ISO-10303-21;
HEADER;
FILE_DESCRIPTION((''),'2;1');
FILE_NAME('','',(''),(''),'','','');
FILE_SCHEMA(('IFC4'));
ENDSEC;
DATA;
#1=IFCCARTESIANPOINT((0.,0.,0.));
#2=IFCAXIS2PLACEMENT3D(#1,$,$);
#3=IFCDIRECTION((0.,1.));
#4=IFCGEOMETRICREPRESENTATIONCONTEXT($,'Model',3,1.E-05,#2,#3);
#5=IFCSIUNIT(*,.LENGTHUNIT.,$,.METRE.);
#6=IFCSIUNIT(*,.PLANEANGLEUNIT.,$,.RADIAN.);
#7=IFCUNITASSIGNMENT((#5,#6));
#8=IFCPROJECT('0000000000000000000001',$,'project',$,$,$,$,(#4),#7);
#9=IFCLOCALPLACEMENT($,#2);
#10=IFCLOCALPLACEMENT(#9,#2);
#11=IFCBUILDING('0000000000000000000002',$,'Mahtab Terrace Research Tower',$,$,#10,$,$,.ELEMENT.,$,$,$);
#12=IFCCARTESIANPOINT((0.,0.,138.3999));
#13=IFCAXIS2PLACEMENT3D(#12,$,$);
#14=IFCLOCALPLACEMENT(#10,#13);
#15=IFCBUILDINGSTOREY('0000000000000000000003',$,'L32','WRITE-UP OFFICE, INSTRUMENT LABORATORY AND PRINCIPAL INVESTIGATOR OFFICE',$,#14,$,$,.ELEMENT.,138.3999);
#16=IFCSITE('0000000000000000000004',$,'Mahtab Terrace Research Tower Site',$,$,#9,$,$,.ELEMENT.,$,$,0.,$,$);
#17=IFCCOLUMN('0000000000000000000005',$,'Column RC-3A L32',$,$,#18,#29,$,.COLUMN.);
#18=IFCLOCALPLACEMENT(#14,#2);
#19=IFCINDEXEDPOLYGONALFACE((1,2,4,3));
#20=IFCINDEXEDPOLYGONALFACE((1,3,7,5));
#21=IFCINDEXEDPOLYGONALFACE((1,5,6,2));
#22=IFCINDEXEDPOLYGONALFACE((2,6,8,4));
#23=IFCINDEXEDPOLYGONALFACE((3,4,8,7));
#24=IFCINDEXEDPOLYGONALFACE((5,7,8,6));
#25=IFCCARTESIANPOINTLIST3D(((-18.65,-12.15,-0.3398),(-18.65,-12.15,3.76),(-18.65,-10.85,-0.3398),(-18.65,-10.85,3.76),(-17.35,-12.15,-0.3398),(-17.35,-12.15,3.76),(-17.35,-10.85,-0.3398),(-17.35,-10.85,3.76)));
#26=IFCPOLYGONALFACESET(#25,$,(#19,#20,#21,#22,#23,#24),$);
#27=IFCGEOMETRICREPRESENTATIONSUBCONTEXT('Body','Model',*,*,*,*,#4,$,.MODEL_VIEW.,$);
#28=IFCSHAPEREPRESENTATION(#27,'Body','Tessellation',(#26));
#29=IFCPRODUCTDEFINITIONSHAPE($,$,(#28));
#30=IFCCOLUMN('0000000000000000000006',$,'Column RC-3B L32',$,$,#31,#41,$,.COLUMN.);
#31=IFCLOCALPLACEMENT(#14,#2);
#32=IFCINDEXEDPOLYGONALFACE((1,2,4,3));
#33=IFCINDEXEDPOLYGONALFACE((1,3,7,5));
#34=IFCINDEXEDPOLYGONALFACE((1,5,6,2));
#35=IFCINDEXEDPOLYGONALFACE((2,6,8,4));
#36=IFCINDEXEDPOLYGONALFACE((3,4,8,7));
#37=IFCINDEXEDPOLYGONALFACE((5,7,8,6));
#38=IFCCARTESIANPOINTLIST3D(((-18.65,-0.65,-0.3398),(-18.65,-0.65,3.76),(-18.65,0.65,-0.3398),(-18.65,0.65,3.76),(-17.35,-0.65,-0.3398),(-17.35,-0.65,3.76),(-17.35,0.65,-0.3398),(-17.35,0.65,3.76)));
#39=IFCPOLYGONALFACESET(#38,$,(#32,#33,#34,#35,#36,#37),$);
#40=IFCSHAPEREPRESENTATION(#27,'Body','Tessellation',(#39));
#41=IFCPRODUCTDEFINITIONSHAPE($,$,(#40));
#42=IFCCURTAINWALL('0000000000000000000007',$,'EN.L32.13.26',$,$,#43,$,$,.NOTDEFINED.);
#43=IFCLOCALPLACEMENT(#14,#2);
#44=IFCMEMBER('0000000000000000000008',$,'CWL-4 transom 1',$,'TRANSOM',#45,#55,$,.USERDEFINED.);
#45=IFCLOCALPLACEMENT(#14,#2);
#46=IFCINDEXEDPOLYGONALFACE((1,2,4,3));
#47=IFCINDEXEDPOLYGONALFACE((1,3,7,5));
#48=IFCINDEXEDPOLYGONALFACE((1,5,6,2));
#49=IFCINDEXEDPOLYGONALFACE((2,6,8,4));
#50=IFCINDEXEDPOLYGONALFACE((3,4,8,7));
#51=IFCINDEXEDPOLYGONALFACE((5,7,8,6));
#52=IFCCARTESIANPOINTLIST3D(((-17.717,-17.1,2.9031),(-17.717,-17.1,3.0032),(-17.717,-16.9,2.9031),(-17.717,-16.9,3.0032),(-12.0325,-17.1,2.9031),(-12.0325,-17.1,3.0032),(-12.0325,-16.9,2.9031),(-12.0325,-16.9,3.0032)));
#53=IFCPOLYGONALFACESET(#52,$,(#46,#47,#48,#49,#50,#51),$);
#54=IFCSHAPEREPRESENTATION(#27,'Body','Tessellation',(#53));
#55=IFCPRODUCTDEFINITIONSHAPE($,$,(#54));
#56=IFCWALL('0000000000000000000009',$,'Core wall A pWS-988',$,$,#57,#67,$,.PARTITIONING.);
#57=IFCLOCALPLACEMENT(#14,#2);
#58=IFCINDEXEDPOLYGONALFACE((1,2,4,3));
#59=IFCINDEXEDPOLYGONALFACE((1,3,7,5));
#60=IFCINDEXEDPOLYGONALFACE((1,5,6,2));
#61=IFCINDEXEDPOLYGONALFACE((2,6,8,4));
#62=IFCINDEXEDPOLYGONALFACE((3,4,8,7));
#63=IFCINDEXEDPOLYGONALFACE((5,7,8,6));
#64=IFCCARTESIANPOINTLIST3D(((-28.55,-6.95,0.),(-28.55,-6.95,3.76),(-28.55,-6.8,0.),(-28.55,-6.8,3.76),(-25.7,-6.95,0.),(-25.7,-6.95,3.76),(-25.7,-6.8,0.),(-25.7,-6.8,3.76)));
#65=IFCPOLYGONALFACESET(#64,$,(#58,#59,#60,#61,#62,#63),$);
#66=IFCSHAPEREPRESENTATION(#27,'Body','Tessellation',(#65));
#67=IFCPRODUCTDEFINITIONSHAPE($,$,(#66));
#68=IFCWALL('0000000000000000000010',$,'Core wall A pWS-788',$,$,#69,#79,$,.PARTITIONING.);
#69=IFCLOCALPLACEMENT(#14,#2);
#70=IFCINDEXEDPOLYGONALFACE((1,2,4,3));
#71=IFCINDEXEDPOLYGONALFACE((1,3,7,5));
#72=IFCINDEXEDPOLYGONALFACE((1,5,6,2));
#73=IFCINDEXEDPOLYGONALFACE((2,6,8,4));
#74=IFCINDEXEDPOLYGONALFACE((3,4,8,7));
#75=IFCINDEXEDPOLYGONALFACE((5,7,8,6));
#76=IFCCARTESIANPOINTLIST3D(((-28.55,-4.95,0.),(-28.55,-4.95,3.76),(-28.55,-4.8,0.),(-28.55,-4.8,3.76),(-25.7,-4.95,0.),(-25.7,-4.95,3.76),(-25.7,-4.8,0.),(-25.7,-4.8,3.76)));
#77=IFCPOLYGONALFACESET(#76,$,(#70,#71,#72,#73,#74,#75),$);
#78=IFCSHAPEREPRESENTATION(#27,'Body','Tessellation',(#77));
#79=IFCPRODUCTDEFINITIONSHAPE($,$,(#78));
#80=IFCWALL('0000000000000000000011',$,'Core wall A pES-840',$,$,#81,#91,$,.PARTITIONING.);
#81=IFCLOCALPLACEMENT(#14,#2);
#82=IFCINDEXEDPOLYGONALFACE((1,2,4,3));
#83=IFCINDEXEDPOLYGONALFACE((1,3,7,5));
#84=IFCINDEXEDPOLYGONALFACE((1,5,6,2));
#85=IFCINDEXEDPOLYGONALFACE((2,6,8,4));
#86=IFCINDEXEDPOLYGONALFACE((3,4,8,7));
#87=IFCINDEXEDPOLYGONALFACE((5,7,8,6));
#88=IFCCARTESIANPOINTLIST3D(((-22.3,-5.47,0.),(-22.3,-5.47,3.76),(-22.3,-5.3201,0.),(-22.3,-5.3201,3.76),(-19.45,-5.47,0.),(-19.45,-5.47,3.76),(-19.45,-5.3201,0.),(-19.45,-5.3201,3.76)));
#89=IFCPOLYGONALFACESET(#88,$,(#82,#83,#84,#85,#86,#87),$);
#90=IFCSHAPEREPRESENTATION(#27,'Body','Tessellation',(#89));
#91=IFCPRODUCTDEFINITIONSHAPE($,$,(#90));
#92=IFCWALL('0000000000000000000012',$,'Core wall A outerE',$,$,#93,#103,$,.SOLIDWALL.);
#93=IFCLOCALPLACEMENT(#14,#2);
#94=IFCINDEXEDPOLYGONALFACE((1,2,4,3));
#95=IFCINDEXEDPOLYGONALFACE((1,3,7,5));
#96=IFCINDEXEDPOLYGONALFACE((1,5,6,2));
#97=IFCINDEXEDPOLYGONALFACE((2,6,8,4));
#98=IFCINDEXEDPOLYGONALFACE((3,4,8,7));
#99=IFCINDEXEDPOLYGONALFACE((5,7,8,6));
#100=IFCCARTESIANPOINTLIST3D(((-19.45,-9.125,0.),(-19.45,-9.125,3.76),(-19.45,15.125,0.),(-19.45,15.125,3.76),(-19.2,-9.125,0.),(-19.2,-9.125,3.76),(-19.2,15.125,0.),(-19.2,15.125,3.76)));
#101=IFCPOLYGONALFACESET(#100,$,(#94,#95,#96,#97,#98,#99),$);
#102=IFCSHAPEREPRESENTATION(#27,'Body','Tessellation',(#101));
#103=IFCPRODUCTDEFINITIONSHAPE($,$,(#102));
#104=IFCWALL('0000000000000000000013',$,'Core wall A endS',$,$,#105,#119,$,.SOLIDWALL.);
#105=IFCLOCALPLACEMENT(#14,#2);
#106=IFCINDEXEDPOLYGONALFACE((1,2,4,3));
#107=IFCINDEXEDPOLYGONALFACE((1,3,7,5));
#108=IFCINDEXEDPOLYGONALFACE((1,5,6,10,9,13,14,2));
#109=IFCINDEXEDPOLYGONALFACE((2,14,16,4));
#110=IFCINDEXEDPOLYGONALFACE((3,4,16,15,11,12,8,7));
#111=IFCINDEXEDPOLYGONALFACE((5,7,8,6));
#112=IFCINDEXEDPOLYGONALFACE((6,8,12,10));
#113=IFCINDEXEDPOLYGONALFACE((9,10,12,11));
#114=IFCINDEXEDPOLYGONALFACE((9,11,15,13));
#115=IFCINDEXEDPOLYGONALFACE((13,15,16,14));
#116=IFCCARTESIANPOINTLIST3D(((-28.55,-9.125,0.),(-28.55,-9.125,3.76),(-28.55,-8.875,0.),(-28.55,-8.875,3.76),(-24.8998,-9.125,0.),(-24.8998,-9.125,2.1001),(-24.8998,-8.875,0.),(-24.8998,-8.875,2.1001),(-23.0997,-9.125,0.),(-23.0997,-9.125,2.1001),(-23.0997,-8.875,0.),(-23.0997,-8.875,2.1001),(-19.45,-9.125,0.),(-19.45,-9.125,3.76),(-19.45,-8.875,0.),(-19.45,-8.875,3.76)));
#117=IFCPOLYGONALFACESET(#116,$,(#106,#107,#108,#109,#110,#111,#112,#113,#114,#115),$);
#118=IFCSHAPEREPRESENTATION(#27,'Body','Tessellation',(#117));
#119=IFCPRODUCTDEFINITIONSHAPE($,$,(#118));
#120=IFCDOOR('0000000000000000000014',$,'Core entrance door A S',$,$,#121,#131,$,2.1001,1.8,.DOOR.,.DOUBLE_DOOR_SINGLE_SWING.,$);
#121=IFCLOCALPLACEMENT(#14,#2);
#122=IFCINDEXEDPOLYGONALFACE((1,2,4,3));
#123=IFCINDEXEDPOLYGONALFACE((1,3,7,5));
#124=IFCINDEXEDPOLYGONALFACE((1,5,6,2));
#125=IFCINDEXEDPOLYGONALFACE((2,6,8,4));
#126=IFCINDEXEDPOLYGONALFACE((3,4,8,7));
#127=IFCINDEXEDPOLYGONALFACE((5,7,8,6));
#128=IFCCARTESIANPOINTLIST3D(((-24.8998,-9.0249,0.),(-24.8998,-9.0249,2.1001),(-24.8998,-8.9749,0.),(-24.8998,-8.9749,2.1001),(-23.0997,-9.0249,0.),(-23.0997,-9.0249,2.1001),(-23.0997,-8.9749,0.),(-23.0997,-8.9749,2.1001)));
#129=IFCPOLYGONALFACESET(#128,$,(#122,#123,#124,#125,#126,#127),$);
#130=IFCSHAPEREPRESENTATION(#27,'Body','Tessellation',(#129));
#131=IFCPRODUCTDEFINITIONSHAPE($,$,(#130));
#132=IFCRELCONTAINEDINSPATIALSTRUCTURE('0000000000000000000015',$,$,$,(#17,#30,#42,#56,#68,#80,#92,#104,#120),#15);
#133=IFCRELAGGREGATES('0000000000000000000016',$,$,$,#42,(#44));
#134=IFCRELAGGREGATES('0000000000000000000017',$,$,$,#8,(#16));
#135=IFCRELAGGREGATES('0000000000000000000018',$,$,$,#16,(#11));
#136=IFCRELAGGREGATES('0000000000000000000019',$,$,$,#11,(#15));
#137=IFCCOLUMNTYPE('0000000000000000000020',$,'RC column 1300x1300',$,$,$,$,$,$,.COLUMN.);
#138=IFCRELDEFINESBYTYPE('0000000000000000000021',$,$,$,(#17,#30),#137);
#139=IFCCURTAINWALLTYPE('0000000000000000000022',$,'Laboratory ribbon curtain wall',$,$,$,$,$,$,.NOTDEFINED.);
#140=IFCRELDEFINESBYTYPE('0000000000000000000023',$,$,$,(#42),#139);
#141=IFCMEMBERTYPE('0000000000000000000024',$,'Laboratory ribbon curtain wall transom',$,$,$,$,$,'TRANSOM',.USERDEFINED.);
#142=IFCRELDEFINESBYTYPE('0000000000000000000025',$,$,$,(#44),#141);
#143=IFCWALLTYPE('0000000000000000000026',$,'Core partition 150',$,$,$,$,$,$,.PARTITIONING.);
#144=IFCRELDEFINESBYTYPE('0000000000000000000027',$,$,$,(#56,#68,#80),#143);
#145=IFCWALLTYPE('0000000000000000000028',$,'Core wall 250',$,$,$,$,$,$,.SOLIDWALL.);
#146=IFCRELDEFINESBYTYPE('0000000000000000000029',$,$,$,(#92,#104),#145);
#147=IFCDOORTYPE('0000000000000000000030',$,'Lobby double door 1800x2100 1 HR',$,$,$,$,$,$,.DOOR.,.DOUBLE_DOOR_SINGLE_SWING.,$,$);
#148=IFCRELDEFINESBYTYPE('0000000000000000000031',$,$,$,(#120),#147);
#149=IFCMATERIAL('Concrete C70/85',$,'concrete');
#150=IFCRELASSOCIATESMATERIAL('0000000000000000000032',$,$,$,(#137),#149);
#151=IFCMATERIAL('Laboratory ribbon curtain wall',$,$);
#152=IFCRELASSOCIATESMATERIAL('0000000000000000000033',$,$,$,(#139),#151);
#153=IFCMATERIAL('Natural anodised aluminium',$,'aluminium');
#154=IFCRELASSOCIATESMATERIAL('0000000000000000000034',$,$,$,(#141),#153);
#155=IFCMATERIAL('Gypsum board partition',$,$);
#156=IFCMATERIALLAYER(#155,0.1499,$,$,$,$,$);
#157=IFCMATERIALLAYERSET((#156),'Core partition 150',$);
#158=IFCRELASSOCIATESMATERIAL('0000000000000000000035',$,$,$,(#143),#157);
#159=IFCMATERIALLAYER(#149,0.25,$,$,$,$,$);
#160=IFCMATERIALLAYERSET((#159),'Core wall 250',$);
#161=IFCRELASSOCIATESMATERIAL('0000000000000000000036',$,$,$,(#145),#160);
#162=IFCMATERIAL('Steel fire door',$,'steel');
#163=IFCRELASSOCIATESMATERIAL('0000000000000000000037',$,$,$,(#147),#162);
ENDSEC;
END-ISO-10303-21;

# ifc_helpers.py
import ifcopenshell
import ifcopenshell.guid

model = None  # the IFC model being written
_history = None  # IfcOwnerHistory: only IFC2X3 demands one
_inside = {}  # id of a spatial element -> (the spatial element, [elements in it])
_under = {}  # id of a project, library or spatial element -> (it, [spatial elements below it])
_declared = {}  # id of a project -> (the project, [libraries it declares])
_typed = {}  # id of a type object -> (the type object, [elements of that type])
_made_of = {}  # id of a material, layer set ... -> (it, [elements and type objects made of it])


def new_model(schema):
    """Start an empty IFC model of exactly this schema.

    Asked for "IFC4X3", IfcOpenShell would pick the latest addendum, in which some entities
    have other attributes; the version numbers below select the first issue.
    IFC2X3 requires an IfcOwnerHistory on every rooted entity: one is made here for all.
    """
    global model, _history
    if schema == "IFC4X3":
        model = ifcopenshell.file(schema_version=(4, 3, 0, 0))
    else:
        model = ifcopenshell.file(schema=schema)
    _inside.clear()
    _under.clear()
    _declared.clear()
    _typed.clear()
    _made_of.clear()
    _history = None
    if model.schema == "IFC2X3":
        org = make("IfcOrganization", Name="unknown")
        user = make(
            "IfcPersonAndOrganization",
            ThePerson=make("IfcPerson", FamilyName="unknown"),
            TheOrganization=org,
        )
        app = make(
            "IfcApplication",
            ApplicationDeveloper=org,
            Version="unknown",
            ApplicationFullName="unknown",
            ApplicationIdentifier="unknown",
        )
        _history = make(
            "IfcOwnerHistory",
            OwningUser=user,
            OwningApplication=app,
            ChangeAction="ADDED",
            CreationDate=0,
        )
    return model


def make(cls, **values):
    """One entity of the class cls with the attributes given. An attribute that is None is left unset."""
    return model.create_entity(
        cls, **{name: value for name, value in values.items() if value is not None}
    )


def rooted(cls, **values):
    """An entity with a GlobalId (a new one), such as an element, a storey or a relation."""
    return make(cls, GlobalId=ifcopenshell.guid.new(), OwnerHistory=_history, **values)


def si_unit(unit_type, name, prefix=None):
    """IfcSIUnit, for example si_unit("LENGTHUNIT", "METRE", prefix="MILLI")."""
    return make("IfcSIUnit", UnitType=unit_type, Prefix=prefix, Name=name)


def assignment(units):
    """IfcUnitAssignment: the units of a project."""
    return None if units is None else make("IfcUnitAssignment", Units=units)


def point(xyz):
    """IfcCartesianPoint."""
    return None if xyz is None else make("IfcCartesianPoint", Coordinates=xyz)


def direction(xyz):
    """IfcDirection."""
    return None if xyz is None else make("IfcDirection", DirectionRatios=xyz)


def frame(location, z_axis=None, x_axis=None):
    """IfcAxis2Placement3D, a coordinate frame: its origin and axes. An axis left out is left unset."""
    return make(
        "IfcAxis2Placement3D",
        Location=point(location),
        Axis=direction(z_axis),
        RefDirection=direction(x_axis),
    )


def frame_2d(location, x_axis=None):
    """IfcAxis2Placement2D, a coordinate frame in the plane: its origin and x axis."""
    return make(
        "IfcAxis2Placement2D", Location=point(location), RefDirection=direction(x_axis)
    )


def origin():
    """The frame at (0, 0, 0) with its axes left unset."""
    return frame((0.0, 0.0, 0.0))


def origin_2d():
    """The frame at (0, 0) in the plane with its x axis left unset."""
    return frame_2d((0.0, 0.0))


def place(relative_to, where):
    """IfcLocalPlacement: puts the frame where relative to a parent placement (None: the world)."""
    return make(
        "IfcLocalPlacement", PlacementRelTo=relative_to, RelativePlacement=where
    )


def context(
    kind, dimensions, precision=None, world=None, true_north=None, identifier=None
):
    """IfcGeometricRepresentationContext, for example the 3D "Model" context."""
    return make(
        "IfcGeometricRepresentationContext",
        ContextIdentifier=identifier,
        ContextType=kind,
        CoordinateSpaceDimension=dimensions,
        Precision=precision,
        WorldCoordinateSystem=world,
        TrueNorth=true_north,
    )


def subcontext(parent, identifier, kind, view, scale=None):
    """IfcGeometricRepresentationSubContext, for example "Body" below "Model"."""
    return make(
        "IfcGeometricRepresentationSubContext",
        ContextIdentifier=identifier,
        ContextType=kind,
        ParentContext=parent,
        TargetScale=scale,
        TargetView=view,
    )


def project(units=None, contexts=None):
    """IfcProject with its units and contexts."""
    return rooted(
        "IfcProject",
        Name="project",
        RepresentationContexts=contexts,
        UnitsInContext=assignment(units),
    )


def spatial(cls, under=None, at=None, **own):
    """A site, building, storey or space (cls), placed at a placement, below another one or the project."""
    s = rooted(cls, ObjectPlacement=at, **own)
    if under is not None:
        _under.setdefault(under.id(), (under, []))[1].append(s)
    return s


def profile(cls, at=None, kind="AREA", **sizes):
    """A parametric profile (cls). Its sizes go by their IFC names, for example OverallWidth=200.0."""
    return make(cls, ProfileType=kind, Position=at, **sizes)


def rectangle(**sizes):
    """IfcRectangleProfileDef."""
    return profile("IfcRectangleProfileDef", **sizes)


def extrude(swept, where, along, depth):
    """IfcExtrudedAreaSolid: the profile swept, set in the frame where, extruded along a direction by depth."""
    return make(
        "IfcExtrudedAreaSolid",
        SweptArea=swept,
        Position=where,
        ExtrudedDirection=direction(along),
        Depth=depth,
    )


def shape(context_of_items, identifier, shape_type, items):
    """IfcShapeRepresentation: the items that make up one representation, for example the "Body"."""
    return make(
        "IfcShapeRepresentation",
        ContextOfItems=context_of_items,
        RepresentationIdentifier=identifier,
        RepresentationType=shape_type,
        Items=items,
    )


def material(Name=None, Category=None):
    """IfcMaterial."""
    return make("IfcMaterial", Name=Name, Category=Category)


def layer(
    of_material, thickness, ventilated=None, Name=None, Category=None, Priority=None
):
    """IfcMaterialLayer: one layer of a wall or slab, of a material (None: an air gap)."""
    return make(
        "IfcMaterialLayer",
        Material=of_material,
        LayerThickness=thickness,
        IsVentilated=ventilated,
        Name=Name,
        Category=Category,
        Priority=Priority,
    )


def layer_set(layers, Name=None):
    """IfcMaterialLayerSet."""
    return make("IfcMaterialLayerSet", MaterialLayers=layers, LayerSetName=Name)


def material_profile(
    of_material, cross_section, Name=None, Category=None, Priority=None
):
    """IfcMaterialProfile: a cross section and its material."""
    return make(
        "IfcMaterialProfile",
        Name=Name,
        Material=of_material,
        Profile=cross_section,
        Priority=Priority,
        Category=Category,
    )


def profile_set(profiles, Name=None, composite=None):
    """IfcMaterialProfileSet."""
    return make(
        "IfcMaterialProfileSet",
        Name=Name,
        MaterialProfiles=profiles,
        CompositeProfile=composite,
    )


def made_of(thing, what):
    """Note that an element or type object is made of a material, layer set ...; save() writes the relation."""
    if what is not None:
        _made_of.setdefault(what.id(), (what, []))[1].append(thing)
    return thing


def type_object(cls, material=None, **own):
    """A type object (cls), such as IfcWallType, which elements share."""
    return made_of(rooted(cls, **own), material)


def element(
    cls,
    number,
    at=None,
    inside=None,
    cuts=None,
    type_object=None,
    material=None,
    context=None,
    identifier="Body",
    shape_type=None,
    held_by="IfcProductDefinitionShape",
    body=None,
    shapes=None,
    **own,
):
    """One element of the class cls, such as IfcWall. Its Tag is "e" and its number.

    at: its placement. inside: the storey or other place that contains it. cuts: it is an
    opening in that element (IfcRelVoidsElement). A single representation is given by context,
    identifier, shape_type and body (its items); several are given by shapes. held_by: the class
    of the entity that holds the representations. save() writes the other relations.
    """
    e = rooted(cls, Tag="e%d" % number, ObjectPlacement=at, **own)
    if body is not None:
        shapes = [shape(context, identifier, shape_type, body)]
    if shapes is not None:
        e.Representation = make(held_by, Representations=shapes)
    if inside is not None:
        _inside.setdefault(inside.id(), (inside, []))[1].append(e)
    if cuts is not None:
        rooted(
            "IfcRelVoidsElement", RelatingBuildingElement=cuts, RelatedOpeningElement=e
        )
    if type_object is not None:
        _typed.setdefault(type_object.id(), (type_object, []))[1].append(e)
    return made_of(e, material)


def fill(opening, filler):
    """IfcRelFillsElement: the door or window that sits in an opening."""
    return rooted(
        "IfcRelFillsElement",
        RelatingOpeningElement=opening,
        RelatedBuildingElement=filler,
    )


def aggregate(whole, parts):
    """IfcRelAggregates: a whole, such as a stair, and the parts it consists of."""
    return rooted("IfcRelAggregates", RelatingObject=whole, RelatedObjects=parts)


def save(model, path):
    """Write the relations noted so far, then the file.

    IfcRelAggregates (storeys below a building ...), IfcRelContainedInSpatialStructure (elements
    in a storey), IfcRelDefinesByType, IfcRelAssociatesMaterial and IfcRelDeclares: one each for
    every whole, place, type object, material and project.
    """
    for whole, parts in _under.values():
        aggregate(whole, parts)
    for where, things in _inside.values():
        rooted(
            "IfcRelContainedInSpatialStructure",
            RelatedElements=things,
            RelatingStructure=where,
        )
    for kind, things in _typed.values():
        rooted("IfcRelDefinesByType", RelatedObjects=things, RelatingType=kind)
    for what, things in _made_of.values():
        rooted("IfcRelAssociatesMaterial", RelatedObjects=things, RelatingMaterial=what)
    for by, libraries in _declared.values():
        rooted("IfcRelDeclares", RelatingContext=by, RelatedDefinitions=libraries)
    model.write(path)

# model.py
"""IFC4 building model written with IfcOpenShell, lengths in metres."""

from ifc_helpers import new_model, si_unit, direction, frame, frame_2d, origin, origin_2d, place, context, subcontext, project, spatial, rectangle, extrude, material, layer, layer_set, material_profile, profile_set, type_object, element, fill, aggregate, save


model = new_model("IFC4")

# Units and contexts
model_context = context("Model", 3, precision=1e-05, world=origin(), true_north=direction((0.0, 1.0)))
body_context = subcontext(model_context, "Body", "Model", "MODEL_VIEW")
ifc_project = project(units=[si_unit("LENGTHUNIT", "METRE"), si_unit("PLANEANGLEUNIT", "RADIAN")], contexts=[model_context])

# Site, building, storey
site_placement = place(None, origin())
site = spatial("IfcSite", under=ifc_project, at=site_placement, Name="Mahtab Terrace Research Tower Site", CompositionType="ELEMENT", RefElevation=0.0)
building_placement = place(site_placement, origin())
building = spatial("IfcBuilding", under=site, at=building_placement, Name="Mahtab Terrace Research Tower", CompositionType="ELEMENT")
storey_placement = place(building_placement, frame((0.0, 0.0, 138.3999)))
storey = spatial("IfcBuildingStorey", under=building, at=storey_placement, Name="L32", Description="WRITE-UP OFFICE, INSTRUMENT LABORATORY AND PRINCIPAL INVESTIGATOR OFFICE", CompositionType="ELEMENT", Elevation=138.3999)

# Columns
ifc_material_1 = material(Name="Concrete C70/85", Category="concrete")
ifc_material_profile_1 = material_profile(ifc_material_1, rectangle(XDim=1.3, YDim=1.3, at=origin_2d()), Name="RC column 1300x1300")
ifc_profile_set_1 = profile_set([ifc_material_profile_1], Name="Concrete C70/85")
column_type = type_object("IfcColumnType", Name="RC column 1300x1300", PredefinedType="COLUMN", material=ifc_profile_set_1)
for number, where, z_axis, x_axis, name in (
    (1, (-18.0, -11.5, -0.3398), (0.0, 0.0, 1.0), (1.0, 0.0, 0.0), "Column RC-3A L32"),
    (2, (-18.0, 0.0, -0.3398), (0.0, 0.0, 1.0), (1.0, 0.0, 0.0), "Column RC-3B L32"),
):
    element("IfcColumn", number, at=place(storey_placement, frame(where, z_axis=z_axis, x_axis=x_axis)), inside=storey, type_object=column_type, Name=name, PredefinedType="COLUMN", context=body_context, shape_type="SweptSolid", body=[
        extrude(rectangle(XDim=1.3, YDim=1.3, at=origin_2d()), origin(), (0.0, 0.0, 1.0), 4.0999),
    ])

# Curtain wall, member
ifc_material_2 = material(Name="Laboratory ribbon curtain wall")
curtain_wall_type = type_object("IfcCurtainWallType", Name="Laboratory ribbon curtain wall", PredefinedType="NOTDEFINED", material=ifc_material_2)
curtain_wall_placement = place(storey_placement, origin())
curtain_wall = element("IfcCurtainWall", 3, at=curtain_wall_placement, inside=storey, type_object=curtain_wall_type, Name="EN.L32.13.26", PredefinedType="NOTDEFINED")
ifc_material_3 = material(Name="Natural anodised aluminium", Category="aluminium")
ifc_material_profile_2 = material_profile(ifc_material_3, rectangle(XDim=0.2, YDim=0.1001, at=origin_2d()), Name="TRANSOM 100x200")
ifc_profile_set_2 = profile_set([ifc_material_profile_2], Name="Natural anodised aluminium")
member_type = type_object("IfcMemberType", Name="Laboratory ribbon curtain wall transom", ElementType="TRANSOM", PredefinedType="USERDEFINED", material=ifc_profile_set_2)
member_placement = place(storey_placement, frame((-17.717, -17.0, 2.9531), z_axis=(1.0, 0.0, 0.0), x_axis=(0.0, 1.0, 0.0)))
member = element("IfcMember", 4, at=member_placement, type_object=member_type, Name="CWL-4 transom 1", ObjectType="TRANSOM", PredefinedType="USERDEFINED", context=body_context, shape_type="SweptSolid", body=[
    extrude(rectangle(XDim=0.2, YDim=0.1001, at=origin_2d()), origin(), (0.0, 0.0, 1.0), 5.6846),
])
aggregate(curtain_wall, [member])

# Walls
ifc_material_4 = material(Name="Gypsum board partition")
ifc_layer_1 = layer(ifc_material_4, 0.1499)
ifc_layer_set_1 = layer_set([ifc_layer_1], Name="Core partition 150")
wall_type_1 = type_object("IfcWallType", Name="Core partition 150", PredefinedType="PARTITIONING", material=ifc_layer_set_1)
for number, where, z_axis, x_axis, name in (
    (5, (-28.55, -6.875, 0.0), (0.0, 0.0, 1.0), (1.0, 0.0, 0.0), "Core wall A pWS-988"),
    (6, (-28.55, -4.875, 0.0), (0.0, 0.0, 1.0), (1.0, 0.0, 0.0), "Core wall A pWS-788"),
    (7, (-22.3, -5.395, 0.0), (0.0, 0.0, 1.0), (1.0, 0.0, 0.0), "Core wall A pES-840"),
):
    element("IfcWall", number, at=place(storey_placement, frame(where, z_axis=z_axis, x_axis=x_axis)), inside=storey, type_object=wall_type_1, Name=name, PredefinedType="PARTITIONING", context=body_context, shape_type="SweptSolid", body=[
        extrude(rectangle(XDim=2.8501, YDim=0.1499, at=frame_2d((1.425, 0.0))), origin(), (0.0, 0.0, 1.0), 3.76),
    ])
ifc_layer_2 = layer(ifc_material_1, 0.25)
ifc_layer_set_2 = layer_set([ifc_layer_2], Name="Core wall 250")
wall_type_2 = type_object("IfcWallType", Name="Core wall 250", PredefinedType="SOLIDWALL", material=ifc_layer_set_2)
wall_1_placement = place(storey_placement, frame((-19.325, -9.125, 0.0), z_axis=(0.0, 0.0, 1.0), x_axis=(0.0, 1.0, 0.0)))
element("IfcWall", 8, at=wall_1_placement, inside=storey, type_object=wall_type_2, Name="Core wall A outerE", PredefinedType="SOLIDWALL", context=body_context, shape_type="SweptSolid", body=[
    extrude(rectangle(XDim=24.25, YDim=0.25, at=frame_2d((12.125, 0.0))), origin(), (0.0, 0.0, 1.0), 3.76),
])

# Wall, opening, door
wall_2_placement = place(storey_placement, frame((-19.45, -9.0, 0.0), z_axis=(0.0, 0.0, 1.0), x_axis=(-1.0, 0.0, 0.0)))
wall_2 = element("IfcWall", 9, at=wall_2_placement, inside=storey, type_object=wall_type_2, Name="Core wall A endS", PredefinedType="SOLIDWALL", context=body_context, shape_type="SweptSolid", body=[
    extrude(rectangle(XDim=9.1001, YDim=0.25, at=frame_2d((4.55, 0.0))), origin(), (0.0, 0.0, 1.0), 3.76),
])
opening_1_placement = place(wall_2_placement, frame((3.6499, 0.0, 0.0)))
opening_1 = element("IfcOpeningElement", 10, at=opening_1_placement, cuts=wall_2, PredefinedType="OPENING", context=body_context, shape_type="SweptSolid", body=[
    extrude(rectangle(XDim=1.8, YDim=2.1001, at=frame_2d((0.8999, 1.05))), frame((0.0, 0.135, 0.0), z_axis=(0.0, -1.0, 0.0), x_axis=(1.0, 0.0, 0.0)), (0.0, 0.0, 1.0), 0.27),
])
ifc_material_5 = material(Name="Steel fire door", Category="steel")
door_type_1 = type_object("IfcDoorType", Name="Lobby double door 1800x2100 1 HR", OperationType="DOUBLE_DOOR_SINGLE_SWING", PredefinedType="DOOR", material=ifc_material_5)
door_1_placement = place(opening_1_placement, origin())
door_1 = element("IfcDoor", 11, at=door_1_placement, inside=storey, type_object=door_type_1, Name="Core entrance door A S", OperationType="DOUBLE_DOOR_SINGLE_SWING", OverallHeight=2.1001, OverallWidth=1.8, PredefinedType="DOOR", context=body_context, shape_type="SweptSolid", body=[
    extrude(rectangle(XDim=1.8, YDim=2.1001, at=frame_2d((0.8999, 1.05))), frame((0.0, 0.0249, 0.0), z_axis=(0.0, -1.0, 0.0), x_axis=(1.0, 0.0, 0.0)), (0.0, 0.0, 1.0), 0.05),
])
fill(opening_1, door_1)

save(model, "model.ifc")
